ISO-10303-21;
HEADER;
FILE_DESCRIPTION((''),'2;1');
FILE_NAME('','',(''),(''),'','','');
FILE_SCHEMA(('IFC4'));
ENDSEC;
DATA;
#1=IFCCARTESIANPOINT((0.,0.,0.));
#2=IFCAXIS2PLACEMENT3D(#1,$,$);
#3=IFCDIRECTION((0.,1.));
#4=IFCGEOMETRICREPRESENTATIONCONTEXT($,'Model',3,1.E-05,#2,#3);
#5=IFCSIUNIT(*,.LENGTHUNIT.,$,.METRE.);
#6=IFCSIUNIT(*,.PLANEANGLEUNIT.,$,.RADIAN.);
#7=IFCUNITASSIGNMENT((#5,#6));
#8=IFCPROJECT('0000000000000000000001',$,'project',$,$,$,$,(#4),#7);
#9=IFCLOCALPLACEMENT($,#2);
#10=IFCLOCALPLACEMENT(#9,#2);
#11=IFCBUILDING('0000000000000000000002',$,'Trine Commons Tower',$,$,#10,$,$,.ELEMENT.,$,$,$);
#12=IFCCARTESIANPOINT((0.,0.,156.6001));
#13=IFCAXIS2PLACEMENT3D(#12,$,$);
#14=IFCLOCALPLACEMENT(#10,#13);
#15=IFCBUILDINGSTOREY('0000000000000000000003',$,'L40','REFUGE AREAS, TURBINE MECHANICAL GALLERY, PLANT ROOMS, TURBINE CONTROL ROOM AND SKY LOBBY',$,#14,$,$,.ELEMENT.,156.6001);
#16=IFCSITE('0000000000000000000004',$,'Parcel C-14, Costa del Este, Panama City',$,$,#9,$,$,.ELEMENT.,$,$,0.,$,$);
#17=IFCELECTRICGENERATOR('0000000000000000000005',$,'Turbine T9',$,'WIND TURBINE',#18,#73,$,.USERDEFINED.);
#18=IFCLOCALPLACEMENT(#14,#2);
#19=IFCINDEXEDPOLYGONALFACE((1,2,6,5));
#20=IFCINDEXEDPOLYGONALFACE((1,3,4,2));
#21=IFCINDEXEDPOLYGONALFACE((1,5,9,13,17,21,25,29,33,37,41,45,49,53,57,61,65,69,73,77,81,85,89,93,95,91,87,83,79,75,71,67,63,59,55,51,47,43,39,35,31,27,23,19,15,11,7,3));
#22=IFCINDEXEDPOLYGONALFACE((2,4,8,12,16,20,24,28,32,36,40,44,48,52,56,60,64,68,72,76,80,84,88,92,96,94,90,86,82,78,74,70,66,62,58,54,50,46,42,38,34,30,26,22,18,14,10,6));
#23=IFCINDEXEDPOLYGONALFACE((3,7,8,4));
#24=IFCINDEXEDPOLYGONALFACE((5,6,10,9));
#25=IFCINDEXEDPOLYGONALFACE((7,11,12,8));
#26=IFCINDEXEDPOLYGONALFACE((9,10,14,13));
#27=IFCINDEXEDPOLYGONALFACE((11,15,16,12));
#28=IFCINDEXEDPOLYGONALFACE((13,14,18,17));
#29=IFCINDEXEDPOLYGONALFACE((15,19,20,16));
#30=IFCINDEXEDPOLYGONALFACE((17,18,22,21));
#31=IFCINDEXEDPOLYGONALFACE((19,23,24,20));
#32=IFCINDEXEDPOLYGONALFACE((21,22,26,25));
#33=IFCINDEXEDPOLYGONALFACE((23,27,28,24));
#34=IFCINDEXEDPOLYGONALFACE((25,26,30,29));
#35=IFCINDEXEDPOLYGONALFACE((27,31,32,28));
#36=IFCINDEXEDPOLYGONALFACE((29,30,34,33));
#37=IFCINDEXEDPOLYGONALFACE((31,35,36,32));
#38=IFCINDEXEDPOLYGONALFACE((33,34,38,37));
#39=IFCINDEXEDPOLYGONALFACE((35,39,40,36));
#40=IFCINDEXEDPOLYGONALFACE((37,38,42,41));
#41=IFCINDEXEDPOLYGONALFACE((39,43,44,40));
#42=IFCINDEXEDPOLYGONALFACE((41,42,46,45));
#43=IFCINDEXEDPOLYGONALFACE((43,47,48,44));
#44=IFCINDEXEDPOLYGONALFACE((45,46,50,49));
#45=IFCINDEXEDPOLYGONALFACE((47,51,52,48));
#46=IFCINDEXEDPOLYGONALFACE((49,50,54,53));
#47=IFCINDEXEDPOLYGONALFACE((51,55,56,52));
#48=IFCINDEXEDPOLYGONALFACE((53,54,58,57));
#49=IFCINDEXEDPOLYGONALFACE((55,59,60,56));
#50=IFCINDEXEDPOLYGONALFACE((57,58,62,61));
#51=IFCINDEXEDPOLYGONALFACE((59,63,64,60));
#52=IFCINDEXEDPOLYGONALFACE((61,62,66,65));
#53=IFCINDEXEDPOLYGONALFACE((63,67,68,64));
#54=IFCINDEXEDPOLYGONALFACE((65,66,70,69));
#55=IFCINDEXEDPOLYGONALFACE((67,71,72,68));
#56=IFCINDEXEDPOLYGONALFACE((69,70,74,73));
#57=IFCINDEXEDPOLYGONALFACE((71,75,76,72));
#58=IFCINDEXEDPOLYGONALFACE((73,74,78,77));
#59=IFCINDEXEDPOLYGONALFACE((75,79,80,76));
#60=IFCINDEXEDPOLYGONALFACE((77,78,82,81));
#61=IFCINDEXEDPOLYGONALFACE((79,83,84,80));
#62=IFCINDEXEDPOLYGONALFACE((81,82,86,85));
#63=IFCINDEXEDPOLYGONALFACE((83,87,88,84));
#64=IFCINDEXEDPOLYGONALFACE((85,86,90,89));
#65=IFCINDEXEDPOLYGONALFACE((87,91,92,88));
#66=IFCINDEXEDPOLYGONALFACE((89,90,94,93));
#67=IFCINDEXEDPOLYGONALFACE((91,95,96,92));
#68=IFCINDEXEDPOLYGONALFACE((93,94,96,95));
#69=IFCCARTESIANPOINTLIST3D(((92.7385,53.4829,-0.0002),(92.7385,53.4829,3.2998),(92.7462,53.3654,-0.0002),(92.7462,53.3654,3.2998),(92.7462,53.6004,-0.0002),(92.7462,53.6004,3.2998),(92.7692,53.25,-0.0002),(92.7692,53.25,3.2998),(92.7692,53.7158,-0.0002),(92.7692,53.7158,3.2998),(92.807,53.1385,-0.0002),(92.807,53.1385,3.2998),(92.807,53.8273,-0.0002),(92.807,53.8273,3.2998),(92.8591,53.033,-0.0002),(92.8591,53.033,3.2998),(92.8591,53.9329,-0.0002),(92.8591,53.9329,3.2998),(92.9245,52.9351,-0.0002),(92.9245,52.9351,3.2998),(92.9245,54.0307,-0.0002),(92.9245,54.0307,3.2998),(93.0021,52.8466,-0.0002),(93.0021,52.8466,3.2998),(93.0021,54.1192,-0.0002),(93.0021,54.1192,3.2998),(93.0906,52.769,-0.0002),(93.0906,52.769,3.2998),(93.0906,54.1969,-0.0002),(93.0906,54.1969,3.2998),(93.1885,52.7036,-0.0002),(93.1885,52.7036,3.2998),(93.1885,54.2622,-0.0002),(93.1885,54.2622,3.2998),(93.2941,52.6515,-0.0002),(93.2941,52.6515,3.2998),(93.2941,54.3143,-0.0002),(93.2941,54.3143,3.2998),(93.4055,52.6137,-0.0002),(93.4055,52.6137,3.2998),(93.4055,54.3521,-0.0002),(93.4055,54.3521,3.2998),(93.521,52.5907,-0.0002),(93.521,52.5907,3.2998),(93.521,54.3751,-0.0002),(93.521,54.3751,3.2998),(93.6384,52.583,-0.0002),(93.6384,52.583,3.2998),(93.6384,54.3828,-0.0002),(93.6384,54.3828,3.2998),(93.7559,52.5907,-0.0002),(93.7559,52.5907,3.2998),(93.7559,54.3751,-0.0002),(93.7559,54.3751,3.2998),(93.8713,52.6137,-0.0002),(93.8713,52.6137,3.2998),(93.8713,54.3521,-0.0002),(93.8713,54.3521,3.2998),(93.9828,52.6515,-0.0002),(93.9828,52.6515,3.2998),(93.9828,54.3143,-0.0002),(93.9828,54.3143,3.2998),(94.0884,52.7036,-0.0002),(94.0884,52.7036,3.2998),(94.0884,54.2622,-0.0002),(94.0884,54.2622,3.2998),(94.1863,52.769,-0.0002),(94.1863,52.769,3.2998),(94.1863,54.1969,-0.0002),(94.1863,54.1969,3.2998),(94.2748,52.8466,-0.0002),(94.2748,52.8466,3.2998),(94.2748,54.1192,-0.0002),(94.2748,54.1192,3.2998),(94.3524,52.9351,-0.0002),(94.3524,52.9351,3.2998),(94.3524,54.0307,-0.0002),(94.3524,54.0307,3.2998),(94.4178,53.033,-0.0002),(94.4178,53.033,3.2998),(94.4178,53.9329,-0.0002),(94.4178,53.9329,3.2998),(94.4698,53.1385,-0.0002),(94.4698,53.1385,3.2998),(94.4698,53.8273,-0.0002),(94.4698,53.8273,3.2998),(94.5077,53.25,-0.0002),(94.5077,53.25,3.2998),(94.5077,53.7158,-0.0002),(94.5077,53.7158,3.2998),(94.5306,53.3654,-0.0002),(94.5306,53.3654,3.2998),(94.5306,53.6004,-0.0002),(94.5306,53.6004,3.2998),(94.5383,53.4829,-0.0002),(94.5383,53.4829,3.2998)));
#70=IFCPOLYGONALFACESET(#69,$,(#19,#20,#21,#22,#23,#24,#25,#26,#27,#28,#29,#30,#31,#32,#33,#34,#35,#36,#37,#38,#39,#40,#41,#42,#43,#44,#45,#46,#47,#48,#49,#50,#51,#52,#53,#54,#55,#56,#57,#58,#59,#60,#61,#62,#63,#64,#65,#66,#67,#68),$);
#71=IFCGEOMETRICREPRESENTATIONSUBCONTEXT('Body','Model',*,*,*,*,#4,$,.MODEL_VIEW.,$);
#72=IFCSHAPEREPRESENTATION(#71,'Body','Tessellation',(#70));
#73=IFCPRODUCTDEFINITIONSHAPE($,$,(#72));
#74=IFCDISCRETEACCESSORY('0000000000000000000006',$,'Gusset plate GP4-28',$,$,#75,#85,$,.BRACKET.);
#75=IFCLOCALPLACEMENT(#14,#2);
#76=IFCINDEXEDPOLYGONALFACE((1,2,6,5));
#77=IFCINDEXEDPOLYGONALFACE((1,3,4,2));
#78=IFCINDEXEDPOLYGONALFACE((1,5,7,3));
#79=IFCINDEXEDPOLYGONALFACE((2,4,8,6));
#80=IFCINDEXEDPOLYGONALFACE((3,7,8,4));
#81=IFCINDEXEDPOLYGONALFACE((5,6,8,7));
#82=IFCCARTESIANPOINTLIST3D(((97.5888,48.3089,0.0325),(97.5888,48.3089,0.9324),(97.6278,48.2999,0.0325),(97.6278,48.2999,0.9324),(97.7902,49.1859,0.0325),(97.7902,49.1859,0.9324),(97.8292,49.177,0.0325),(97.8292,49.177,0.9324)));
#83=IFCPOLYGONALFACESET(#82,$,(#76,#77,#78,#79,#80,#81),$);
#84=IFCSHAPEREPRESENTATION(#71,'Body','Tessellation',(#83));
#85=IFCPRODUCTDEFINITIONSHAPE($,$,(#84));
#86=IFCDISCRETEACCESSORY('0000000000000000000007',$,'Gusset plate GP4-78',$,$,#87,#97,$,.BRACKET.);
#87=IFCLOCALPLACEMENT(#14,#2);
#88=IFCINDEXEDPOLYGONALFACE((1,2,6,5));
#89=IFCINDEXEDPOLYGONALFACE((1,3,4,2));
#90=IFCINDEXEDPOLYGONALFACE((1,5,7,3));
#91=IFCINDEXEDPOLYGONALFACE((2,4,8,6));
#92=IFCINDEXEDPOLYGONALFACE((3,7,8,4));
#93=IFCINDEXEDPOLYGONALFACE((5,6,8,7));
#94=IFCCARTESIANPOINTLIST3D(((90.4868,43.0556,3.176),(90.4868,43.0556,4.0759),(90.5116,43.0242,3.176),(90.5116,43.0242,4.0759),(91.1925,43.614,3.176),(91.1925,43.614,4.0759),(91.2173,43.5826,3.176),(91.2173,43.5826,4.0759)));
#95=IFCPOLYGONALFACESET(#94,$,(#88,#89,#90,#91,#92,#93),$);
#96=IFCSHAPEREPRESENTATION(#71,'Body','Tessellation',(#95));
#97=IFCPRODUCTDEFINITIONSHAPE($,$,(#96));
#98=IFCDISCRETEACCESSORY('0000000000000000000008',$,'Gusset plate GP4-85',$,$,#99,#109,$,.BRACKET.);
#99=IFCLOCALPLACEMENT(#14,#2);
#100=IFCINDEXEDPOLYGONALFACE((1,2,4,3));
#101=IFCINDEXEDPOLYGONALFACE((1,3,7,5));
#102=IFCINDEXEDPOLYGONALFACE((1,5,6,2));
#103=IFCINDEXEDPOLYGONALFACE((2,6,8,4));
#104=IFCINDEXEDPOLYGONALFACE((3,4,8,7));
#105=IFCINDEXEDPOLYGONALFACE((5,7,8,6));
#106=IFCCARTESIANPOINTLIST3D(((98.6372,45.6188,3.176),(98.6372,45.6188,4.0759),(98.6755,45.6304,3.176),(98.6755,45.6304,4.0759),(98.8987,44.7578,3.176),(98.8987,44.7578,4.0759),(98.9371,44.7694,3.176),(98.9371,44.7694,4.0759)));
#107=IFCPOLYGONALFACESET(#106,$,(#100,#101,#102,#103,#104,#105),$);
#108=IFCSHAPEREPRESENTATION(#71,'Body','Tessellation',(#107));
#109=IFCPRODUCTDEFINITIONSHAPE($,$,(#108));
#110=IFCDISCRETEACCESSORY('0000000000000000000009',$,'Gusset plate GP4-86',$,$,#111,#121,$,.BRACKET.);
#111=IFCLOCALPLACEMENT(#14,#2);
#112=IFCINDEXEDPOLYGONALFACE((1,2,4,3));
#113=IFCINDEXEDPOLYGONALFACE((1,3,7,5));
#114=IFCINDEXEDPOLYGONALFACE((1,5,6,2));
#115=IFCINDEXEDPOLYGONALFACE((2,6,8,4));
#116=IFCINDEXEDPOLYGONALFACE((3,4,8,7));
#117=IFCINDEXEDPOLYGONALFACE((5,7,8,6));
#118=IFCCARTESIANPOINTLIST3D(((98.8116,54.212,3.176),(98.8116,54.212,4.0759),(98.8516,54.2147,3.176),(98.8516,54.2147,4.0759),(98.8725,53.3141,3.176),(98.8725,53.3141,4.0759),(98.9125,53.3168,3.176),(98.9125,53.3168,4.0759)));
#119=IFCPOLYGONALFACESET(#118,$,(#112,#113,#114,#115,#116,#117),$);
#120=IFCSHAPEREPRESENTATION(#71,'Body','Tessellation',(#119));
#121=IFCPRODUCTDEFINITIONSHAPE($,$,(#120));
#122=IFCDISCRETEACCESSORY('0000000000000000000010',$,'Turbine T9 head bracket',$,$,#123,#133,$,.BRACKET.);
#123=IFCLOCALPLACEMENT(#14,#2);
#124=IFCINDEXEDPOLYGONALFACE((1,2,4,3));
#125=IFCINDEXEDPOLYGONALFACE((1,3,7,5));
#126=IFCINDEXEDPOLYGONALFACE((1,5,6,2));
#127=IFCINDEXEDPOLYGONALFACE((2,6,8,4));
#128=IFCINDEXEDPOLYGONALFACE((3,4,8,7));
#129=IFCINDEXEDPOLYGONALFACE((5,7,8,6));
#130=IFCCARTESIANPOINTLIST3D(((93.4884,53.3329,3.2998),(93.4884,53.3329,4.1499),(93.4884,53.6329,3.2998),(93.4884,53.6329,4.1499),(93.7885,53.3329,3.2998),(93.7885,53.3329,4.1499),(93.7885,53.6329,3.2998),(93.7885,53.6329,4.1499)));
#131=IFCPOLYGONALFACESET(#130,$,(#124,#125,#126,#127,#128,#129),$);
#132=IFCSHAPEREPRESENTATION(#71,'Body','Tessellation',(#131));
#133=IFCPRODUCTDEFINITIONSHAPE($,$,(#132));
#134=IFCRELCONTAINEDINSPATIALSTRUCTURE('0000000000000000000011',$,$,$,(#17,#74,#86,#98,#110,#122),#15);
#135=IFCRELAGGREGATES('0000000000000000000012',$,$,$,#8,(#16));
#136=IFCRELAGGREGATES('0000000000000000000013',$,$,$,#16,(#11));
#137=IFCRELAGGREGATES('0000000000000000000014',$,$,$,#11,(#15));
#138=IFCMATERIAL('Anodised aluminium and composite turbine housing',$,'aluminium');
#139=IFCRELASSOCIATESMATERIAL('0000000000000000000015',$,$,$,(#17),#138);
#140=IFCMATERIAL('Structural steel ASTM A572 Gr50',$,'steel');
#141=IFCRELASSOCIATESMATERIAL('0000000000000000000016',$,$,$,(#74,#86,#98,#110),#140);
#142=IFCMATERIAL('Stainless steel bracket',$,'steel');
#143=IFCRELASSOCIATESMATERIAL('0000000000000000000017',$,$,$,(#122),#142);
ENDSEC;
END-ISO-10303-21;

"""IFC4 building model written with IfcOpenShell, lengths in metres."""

from ifc_helpers import new_model, si_unit, direction, frame, origin, origin_2d, place, context, subcontext, project, spatial, rectangle, circle, extrude, material, element, save


model = new_model("IFC4")

# Units and contexts
model_context = context("Model", 3, precision=1e-05, world=origin(), true_north=direction((0.0, 1.0)))
body_context = subcontext(model_context, "Body", "Model", "MODEL_VIEW")
ifc_project = project(units=[si_unit("LENGTHUNIT", "METRE"), si_unit("PLANEANGLEUNIT", "RADIAN")], contexts=[model_context])

# Site, building, storey
site_placement = place(None, origin())
site = spatial("IfcSite", under=ifc_project, at=site_placement, Name="Parcel C-14, Costa del Este, Panama City", CompositionType="ELEMENT", RefElevation=0.0)
building_placement = place(site_placement, origin())
building = spatial("IfcBuilding", under=site, at=building_placement, Name="Trine Commons Tower", CompositionType="ELEMENT")
storey_placement = place(building_placement, frame((0.0, 0.0, 156.6001)))
storey = spatial("IfcBuildingStorey", under=building, at=storey_placement, Name="L40", Description="REFUGE AREAS, TURBINE MECHANICAL GALLERY, PLANT ROOMS, TURBINE CONTROL ROOM AND SKY LOBBY", CompositionType="ELEMENT", Elevation=156.6001)

# Electric generator
ifc_material_1 = material(Name="Anodised aluminium and composite turbine housing", Category="aluminium")
electric_generator_placement = place(storey_placement, frame((93.6384, 53.4829, 3.2998), z_axis=(0.0, 0.0, -1.0), x_axis=(1.0, 0.0, 0.0)))
element("IfcElectricGenerator", 1, at=electric_generator_placement, inside=storey, material=ifc_material_1, Name="Turbine T9", ObjectType="WIND TURBINE", PredefinedType="USERDEFINED", context=body_context, shape_type="SweptSolid", body=[
    extrude(circle(Radius=0.8999, at=origin_2d()), origin(), (0.0, 0.0, 1.0), 3.3),
])

# Discrete accessories
ifc_material_2 = material(Name="Structural steel ASTM A572 Gr50", Category="steel")
for number, where, z_axis, x_axis, name in (
    (2, (97.709, 48.7429, 0.0325), (0.0, 0.0, 1.0), (0.22376, 0.974644, 0.0), "Gusset plate GP4-28"),
    (3, (90.8521, 43.3191, 3.176), (0.0, 0.0, 1.0), (0.784159, 0.620559, 0.0), "Gusset plate GP4-78"),
    (4, (98.7871, 45.1941, 3.176), (0.0, 0.0, 1.0), (0.290685, -0.956819, 0.0), "Gusset plate GP4-85"),
    (5, (98.8621, 53.7644, 3.176), (0.0, 0.0, 1.0), (0.06765, -0.997709, 0.0), "Gusset plate GP4-86"),
):
    element("IfcDiscreteAccessory", number, at=place(storey_placement, frame(where, z_axis=z_axis, x_axis=x_axis)), inside=storey, material=ifc_material_2, Name=name, PredefinedType="BRACKET", context=body_context, shape_type="SweptSolid", body=[
        extrude(rectangle(XDim=0.8999, YDim=0.04, at=origin_2d()), origin(), (0.0, 0.0, 1.0), 0.8999),
    ])
ifc_material_3 = material(Name="Stainless steel bracket", Category="steel")
discrete_accessory_placement = place(storey_placement, frame((93.6384, 53.4829, 3.2998), z_axis=(0.0, 0.0, 1.0), x_axis=(1.0, 0.0, 0.0)))
element("IfcDiscreteAccessory", 6, at=discrete_accessory_placement, inside=storey, material=ifc_material_3, Name="Turbine T9 head bracket", PredefinedType="BRACKET", context=body_context, shape_type="SweptSolid", body=[
    extrude(rectangle(XDim=0.3, YDim=0.3, at=origin_2d()), origin(), (0.0, 0.0, 1.0), 0.8501),
])

save(model, "model.ifc")
